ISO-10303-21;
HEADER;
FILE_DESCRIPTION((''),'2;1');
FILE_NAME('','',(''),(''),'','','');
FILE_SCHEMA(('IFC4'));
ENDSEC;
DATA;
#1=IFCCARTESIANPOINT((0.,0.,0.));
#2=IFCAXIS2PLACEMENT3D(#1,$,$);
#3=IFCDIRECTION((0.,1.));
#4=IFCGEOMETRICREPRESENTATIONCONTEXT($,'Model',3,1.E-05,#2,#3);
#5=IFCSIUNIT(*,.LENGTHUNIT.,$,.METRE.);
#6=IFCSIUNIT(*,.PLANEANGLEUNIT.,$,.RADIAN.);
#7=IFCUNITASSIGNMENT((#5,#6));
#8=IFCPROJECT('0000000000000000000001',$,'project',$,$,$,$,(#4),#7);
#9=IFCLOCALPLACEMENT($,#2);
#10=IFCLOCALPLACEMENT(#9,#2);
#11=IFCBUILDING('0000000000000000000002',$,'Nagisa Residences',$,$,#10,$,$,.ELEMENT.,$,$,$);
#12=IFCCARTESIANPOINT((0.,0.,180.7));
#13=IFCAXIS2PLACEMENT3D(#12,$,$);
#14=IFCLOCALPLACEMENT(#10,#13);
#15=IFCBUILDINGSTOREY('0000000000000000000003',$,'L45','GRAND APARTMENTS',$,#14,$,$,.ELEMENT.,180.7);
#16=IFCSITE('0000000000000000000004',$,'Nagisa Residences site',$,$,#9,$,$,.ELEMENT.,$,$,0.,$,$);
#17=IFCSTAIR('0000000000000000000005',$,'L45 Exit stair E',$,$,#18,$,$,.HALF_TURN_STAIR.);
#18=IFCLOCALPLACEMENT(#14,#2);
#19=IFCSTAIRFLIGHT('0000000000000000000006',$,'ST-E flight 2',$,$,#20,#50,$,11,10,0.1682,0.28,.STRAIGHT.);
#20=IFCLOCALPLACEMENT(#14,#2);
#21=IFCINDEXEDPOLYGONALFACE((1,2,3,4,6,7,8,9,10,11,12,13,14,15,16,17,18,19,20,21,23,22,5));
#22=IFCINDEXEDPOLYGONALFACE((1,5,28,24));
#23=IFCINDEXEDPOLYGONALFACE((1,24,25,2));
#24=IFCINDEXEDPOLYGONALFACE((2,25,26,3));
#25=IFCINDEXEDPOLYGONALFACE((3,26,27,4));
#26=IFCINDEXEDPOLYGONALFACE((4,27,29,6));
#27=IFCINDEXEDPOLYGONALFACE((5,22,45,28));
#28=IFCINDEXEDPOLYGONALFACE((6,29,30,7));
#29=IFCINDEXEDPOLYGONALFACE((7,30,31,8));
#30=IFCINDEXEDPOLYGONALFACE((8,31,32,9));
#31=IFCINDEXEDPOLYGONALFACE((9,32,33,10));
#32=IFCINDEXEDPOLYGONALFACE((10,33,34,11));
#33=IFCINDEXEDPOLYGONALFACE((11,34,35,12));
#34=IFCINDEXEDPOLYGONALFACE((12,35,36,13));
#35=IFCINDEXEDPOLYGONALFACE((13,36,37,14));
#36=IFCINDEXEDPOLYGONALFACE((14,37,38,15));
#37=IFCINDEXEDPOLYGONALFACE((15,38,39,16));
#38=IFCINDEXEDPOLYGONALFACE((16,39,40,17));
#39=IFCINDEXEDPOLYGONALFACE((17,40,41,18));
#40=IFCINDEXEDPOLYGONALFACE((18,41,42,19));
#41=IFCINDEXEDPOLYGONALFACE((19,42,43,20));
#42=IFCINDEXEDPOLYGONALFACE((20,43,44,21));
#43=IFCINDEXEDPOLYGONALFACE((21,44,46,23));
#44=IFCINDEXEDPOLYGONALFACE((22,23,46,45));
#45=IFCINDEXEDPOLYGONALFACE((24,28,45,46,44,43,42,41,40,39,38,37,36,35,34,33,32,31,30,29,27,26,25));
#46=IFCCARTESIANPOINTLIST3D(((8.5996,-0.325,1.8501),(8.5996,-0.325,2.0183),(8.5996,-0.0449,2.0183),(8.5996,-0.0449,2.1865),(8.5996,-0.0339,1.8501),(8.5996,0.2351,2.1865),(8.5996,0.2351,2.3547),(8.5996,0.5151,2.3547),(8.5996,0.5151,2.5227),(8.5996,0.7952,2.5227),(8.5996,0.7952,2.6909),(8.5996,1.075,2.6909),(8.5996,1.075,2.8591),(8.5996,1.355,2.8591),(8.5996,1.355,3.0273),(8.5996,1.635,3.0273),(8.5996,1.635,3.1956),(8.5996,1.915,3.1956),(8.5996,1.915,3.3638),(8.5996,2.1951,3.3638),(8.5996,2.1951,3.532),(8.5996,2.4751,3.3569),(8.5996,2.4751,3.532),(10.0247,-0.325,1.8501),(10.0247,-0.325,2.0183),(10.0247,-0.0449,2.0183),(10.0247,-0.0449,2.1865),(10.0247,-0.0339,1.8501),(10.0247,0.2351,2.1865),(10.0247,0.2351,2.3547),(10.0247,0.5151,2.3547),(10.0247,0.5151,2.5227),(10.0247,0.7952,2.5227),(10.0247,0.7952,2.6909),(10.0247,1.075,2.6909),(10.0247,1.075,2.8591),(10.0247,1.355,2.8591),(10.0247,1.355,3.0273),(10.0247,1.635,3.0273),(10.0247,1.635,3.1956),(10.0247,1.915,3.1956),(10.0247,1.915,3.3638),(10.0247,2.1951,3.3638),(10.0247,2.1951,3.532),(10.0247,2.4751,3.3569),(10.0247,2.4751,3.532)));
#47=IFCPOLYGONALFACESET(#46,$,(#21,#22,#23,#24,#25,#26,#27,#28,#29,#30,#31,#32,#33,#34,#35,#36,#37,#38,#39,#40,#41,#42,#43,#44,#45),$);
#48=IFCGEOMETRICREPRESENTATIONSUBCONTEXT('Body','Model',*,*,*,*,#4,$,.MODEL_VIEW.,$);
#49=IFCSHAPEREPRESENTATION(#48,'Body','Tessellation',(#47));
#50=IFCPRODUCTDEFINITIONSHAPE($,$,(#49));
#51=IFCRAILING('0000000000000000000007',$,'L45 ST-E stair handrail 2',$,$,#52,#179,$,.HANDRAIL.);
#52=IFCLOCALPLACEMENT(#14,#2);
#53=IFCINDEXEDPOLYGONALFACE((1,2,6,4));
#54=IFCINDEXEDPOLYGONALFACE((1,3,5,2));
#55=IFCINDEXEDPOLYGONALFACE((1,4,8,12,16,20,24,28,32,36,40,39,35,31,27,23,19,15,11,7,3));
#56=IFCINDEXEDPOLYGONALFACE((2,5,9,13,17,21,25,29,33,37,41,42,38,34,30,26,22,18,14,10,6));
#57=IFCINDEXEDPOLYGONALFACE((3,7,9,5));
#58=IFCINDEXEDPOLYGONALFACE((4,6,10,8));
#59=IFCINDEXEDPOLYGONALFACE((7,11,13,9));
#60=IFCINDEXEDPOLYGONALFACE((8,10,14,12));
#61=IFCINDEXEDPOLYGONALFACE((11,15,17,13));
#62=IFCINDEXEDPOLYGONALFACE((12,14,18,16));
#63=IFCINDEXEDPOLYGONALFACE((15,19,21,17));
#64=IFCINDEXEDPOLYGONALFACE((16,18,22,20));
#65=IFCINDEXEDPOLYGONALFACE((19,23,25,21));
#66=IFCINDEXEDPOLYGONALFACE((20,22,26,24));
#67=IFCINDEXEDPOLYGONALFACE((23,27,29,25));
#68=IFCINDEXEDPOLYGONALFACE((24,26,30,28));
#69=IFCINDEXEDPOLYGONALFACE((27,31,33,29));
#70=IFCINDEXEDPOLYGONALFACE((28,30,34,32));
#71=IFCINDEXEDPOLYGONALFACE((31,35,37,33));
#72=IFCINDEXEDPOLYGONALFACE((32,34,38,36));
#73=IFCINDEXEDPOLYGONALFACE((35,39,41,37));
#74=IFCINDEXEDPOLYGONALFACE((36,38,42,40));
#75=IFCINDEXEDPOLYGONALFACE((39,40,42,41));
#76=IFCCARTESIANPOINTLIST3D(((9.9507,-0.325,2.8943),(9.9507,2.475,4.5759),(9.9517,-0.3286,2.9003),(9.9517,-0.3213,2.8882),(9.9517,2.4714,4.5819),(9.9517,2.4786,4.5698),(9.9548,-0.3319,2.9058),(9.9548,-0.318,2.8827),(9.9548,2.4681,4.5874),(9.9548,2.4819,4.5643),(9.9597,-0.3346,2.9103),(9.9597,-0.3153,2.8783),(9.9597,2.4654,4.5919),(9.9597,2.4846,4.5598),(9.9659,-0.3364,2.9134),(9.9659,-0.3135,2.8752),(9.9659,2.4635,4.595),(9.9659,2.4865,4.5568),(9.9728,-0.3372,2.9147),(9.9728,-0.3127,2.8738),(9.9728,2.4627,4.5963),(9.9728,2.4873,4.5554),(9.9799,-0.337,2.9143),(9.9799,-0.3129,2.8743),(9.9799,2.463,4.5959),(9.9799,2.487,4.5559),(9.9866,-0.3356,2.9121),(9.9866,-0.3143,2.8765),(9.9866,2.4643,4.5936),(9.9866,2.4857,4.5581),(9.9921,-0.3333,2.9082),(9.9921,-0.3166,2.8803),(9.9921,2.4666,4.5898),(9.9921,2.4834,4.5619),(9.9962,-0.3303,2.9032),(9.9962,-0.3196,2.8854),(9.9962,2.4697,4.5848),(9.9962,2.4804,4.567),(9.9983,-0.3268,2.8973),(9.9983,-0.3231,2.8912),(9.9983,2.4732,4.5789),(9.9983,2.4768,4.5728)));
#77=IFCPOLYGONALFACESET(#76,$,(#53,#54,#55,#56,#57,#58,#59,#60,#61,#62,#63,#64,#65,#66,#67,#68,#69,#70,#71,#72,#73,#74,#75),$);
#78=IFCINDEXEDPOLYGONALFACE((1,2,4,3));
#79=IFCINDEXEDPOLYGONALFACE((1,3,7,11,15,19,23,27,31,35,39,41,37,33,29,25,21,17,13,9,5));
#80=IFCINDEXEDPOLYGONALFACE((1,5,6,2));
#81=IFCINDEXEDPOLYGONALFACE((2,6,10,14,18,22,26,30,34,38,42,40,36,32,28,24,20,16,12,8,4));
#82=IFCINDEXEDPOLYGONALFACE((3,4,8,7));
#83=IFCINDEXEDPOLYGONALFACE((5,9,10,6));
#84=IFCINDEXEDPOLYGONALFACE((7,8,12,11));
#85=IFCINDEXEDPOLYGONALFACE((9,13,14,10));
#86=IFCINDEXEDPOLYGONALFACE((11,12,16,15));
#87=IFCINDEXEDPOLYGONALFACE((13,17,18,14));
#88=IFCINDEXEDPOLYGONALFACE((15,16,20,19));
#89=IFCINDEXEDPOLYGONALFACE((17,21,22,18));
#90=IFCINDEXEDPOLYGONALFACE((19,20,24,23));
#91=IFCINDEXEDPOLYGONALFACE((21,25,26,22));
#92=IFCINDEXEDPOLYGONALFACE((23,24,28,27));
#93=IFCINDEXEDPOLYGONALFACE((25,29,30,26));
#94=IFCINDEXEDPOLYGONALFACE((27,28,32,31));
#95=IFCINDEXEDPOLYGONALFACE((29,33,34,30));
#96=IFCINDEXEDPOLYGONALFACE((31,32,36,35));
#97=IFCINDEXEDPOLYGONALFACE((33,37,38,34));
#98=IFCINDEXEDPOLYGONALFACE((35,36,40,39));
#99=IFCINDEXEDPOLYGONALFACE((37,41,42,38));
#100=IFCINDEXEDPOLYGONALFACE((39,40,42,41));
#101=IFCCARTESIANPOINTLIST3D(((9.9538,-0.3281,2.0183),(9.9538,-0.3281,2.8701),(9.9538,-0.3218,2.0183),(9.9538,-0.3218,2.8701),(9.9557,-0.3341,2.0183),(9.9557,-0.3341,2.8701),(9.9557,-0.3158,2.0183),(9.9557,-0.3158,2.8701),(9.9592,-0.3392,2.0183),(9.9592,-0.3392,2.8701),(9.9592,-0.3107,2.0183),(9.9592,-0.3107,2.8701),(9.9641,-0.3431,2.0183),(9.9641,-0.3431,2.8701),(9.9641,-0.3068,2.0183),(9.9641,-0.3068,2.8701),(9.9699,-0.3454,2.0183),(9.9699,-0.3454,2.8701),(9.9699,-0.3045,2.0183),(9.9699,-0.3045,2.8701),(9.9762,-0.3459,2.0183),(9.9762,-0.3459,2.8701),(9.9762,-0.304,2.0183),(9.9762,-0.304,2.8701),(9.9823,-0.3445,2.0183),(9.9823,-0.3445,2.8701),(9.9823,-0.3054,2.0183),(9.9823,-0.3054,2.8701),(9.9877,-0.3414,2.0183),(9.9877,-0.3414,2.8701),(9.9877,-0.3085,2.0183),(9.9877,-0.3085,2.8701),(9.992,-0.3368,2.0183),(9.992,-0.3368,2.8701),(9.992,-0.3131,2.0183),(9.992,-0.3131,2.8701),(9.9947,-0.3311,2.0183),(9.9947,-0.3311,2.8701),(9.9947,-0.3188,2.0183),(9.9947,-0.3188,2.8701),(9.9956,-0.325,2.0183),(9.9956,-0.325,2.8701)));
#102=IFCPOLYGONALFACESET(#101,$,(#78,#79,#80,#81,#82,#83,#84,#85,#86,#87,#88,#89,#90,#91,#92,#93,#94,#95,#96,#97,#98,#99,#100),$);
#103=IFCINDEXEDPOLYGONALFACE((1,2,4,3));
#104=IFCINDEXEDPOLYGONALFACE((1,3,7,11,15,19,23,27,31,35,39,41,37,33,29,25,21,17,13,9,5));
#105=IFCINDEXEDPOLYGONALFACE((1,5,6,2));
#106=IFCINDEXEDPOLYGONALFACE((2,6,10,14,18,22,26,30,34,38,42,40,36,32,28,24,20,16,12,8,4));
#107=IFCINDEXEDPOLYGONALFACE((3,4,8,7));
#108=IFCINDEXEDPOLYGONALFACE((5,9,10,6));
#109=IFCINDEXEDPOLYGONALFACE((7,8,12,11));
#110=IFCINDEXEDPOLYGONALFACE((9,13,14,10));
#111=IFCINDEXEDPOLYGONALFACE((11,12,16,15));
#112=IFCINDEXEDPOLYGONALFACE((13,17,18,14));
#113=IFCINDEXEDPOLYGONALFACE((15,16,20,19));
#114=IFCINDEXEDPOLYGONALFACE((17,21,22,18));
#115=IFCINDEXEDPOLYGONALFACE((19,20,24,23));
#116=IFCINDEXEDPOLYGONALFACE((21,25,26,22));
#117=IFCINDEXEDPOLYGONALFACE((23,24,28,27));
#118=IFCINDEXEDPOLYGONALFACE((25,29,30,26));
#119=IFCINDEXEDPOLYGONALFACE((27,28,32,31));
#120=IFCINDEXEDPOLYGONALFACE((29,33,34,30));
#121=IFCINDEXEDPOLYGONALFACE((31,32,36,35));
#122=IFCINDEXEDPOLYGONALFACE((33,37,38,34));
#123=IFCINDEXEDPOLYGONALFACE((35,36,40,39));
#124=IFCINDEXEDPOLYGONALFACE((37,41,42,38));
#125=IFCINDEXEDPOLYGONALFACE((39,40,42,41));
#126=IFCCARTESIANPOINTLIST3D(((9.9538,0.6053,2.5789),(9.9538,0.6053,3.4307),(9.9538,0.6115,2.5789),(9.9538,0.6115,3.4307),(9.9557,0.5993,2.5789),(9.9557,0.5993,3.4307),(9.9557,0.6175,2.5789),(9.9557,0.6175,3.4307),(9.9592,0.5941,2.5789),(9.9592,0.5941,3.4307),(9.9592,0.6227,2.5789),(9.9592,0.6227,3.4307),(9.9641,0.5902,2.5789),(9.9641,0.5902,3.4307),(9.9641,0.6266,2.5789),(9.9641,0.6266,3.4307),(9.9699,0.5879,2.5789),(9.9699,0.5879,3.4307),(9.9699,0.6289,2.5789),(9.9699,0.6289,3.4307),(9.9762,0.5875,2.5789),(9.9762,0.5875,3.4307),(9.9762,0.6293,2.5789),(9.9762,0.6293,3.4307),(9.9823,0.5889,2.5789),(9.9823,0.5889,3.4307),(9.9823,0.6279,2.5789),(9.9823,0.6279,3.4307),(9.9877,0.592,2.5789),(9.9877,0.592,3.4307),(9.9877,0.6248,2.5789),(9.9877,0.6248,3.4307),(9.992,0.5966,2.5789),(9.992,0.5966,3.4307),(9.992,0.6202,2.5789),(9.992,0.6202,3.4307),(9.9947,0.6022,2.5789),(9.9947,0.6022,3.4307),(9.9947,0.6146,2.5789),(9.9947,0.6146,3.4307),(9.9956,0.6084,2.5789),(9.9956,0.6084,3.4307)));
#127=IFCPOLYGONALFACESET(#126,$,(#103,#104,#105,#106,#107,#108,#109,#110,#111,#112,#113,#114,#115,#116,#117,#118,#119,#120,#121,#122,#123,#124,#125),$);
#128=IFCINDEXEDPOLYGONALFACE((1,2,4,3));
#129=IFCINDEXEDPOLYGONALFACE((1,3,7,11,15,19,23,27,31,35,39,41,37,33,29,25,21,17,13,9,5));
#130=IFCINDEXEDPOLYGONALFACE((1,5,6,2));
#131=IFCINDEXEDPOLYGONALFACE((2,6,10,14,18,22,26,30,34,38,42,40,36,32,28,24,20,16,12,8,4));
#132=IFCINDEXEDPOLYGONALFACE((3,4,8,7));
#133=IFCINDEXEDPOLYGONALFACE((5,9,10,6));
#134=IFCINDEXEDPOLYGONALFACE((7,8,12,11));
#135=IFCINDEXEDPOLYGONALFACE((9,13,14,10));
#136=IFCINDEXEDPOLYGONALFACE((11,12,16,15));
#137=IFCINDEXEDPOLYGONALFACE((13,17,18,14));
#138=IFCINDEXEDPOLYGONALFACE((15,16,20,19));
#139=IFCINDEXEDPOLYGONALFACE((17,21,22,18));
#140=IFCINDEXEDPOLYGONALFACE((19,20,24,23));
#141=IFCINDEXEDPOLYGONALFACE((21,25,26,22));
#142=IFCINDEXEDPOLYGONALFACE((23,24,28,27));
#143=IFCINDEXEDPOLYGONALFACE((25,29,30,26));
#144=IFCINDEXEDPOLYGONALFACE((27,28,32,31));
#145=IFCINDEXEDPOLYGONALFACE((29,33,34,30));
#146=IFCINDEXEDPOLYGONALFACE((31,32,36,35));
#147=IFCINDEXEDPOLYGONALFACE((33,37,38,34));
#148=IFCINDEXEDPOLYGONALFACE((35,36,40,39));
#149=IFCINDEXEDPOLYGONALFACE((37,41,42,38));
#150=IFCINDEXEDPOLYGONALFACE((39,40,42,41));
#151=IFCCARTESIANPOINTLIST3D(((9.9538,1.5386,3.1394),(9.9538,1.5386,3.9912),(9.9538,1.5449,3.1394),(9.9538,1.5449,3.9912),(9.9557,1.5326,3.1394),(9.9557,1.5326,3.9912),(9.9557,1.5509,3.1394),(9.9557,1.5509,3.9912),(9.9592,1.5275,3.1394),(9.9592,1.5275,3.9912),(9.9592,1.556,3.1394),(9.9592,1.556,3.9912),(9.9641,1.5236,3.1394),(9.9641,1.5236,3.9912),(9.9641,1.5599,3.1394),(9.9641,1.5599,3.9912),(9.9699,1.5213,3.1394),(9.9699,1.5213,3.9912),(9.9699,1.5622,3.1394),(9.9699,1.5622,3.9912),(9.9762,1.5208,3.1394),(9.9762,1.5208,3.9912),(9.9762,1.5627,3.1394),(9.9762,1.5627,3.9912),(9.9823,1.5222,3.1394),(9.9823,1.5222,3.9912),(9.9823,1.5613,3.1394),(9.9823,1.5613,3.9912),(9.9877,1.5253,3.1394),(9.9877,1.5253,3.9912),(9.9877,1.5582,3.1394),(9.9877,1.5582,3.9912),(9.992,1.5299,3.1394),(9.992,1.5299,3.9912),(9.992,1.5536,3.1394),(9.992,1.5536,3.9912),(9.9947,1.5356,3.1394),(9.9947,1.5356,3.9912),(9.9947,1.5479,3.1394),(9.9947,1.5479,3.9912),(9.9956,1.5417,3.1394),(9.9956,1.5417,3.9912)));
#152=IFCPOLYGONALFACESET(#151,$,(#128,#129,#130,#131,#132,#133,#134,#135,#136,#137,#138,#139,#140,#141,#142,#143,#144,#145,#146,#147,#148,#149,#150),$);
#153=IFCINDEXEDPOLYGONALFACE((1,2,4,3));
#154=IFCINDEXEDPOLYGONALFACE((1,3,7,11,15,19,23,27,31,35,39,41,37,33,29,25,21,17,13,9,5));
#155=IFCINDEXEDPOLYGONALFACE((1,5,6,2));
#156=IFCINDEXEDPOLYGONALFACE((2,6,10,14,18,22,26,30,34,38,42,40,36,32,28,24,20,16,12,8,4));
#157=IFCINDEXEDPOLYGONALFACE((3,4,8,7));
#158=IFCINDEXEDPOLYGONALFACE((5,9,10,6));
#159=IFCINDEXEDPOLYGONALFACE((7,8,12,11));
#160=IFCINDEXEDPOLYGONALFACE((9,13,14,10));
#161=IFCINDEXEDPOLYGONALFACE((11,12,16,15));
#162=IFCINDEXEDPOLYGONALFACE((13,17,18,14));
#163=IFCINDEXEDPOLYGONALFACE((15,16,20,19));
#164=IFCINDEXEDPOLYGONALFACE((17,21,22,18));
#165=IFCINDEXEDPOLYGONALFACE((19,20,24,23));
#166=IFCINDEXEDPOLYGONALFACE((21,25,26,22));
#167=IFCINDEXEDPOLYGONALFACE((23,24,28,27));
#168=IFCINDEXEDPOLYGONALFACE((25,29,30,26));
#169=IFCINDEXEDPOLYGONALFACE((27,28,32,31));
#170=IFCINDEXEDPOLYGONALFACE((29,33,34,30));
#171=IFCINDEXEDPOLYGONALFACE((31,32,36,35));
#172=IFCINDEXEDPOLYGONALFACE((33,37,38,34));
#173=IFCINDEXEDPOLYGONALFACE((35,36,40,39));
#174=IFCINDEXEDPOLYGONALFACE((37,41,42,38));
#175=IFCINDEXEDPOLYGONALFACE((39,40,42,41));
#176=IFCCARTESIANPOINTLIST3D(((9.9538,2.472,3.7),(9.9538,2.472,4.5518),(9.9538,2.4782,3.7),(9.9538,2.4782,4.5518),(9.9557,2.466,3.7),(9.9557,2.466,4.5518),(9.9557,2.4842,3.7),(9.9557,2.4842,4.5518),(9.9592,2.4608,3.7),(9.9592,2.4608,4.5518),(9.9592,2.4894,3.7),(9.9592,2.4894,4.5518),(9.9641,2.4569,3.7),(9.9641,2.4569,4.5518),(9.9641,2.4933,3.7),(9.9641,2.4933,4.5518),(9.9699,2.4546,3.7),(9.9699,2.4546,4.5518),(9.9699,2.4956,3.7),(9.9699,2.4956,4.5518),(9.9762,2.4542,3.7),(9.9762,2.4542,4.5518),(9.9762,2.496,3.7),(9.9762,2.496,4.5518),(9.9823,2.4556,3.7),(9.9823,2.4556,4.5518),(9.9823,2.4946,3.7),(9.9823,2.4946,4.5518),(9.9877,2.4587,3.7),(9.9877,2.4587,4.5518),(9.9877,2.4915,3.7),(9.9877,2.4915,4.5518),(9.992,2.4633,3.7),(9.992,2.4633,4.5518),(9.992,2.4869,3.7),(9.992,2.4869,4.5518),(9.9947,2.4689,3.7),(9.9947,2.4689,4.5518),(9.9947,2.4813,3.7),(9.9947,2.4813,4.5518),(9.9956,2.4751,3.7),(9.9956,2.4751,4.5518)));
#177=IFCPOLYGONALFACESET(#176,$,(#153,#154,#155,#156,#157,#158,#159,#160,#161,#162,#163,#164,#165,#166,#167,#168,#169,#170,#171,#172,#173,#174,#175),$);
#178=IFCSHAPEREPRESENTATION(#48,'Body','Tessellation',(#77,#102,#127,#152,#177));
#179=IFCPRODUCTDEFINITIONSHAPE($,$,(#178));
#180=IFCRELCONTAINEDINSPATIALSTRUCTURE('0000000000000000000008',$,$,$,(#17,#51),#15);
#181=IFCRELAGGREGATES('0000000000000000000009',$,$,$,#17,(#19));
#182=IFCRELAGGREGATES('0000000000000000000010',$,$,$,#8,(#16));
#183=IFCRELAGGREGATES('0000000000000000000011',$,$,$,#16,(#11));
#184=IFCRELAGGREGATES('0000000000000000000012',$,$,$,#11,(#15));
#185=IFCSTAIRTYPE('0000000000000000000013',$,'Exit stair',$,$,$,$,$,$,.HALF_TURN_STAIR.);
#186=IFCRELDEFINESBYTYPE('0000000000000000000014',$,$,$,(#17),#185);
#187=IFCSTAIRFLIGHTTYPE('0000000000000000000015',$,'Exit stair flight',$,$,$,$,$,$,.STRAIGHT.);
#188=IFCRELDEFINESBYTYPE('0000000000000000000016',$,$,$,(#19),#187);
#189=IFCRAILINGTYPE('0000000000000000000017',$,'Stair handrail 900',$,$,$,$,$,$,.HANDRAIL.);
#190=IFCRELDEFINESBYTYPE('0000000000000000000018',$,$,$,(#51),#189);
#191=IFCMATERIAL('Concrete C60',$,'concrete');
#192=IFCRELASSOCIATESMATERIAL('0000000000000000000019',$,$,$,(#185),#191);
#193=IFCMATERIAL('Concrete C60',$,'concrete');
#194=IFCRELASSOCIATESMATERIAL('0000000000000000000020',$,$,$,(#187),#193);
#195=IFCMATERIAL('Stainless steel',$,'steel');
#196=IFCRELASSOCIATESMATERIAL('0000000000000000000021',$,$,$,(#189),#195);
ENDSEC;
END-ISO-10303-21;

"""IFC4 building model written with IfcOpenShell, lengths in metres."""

from ifc_helpers import new_model, si_unit, direction, frame, origin, origin_2d, place, context, subcontext, project, spatial, polyline, circle, outline, extrude, material, type_object, element, aggregate, save


model = new_model("IFC4")

# Units and contexts
model_context = context("Model", 3, precision=1e-05, world=origin(), true_north=direction((0.0, 1.0)))
body_context = subcontext(model_context, "Body", "Model", "MODEL_VIEW")
ifc_project = project(units=[si_unit("LENGTHUNIT", "METRE"), si_unit("PLANEANGLEUNIT", "RADIAN")], contexts=[model_context])

# Site, building, storey
site_placement = place(None, origin())
site = spatial("IfcSite", under=ifc_project, at=site_placement, Name="Nagisa Residences site", CompositionType="ELEMENT", RefElevation=0.0)
building_placement = place(site_placement, origin())
building = spatial("IfcBuilding", under=site, at=building_placement, Name="Nagisa Residences", CompositionType="ELEMENT")
storey_placement = place(building_placement, frame((0.0, 0.0, 180.7)))
storey = spatial("IfcBuildingStorey", under=building, at=storey_placement, Name="L45", Description="GRAND APARTMENTS", CompositionType="ELEMENT", Elevation=180.7)

# Stair, stair flight
ifc_material_1 = material(Name="Concrete C60", Category="concrete")
stair_type = type_object("IfcStairType", Name="Exit stair", PredefinedType="HALF_TURN_STAIR", material=ifc_material_1)
stair_placement = place(storey_placement, origin())
stair = element("IfcStair", 1, at=stair_placement, inside=storey, type_object=stair_type, Name="L45 Exit stair E", PredefinedType="HALF_TURN_STAIR")
ifc_material_2 = material(Name="Concrete C60", Category="concrete")
stair_flight_type = type_object("IfcStairFlightType", Name="Exit stair flight", PredefinedType="STRAIGHT", material=ifc_material_2)
stair_flight_placement = place(storey_placement, frame((9.312, -0.325, 1.8501), z_axis=(0.0, 0.0, 1.0), x_axis=(0.0, 1.0, 0.0)))
stair_flight = element("IfcStairFlight", 2, at=stair_flight_placement, type_object=stair_flight_type, Name="ST-E flight 2", NumberOfRisers=11, NumberOfTreads=10, PredefinedType="STRAIGHT", RiserHeight=0.1682, TreadLength=0.28, context=body_context, shape_type="SweptSolid", body=[
    extrude(outline(polyline([(0.0, 0.0), (0.0, 0.1682), (0.28, 0.1682), (0.28, 0.3364), (0.5601, 0.3364), (0.5601, 0.5046), (0.8401, 0.5046), (0.8401, 0.6726), (1.1201, 0.6726), (1.1201, 0.8408), (1.3999, 0.8408), (1.3999, 1.009), (1.6799, 1.009), (1.6799, 1.1772), (1.96, 1.1772), (1.96, 1.3455), (2.24, 1.3455), (2.24, 1.5137), (2.52, 1.5137), (2.52, 1.6819), (2.8, 1.6819), (2.8, 1.8501), (2.8, 1.5068), (0.291, 0.0), (0.0, 0.0)])), frame((0.0, 0.7124, 0.0), z_axis=(0.0, -1.0, 0.0), x_axis=(1.0, 0.0, 0.0)), (0.0, 0.0, 1.0), 1.425),
])
aggregate(stair, [stair_flight])

# Railing
ifc_material_3 = material(Name="Stainless steel", Category="steel")
railing_type = type_object("IfcRailingType", Name="Stair handrail 900", PredefinedType="HANDRAIL", material=ifc_material_3)
railing_placement = place(storey_placement, frame((9.9746, -0.325, 2.0183)))
element("IfcRailing", 3, at=railing_placement, inside=storey, type_object=railing_type, Name="L45 ST-E stair handrail 2", PredefinedType="HANDRAIL", context=body_context, shape_type="SweptSolid", body=[
    extrude(circle(Radius=0.0239, at=origin_2d()), frame((0.0, 0.0, 0.876), z_axis=(0.0, 0.857275, 0.514858), x_axis=(-1.0, 0.0, 0.0)), (0.0, 0.0, 1.0), 3.2661),
    extrude(circle(Radius=0.021, at=origin_2d()), origin(), (0.0, 0.0, 1.0), 0.8518),
    extrude(circle(Radius=0.021, at=origin_2d()), frame((0.0, 0.9333, 0.5605)), (0.0, 0.0, 1.0), 0.8518),
    extrude(circle(Radius=0.021, at=origin_2d()), frame((0.0, 1.8667, 1.1211)), (0.0, 0.0, 1.0), 0.8518),
    extrude(circle(Radius=0.021, at=origin_2d()), frame((0.0, 2.8, 1.6816)), (0.0, 0.0, 1.0), 0.8518),
])

save(model, "model.ifc")
